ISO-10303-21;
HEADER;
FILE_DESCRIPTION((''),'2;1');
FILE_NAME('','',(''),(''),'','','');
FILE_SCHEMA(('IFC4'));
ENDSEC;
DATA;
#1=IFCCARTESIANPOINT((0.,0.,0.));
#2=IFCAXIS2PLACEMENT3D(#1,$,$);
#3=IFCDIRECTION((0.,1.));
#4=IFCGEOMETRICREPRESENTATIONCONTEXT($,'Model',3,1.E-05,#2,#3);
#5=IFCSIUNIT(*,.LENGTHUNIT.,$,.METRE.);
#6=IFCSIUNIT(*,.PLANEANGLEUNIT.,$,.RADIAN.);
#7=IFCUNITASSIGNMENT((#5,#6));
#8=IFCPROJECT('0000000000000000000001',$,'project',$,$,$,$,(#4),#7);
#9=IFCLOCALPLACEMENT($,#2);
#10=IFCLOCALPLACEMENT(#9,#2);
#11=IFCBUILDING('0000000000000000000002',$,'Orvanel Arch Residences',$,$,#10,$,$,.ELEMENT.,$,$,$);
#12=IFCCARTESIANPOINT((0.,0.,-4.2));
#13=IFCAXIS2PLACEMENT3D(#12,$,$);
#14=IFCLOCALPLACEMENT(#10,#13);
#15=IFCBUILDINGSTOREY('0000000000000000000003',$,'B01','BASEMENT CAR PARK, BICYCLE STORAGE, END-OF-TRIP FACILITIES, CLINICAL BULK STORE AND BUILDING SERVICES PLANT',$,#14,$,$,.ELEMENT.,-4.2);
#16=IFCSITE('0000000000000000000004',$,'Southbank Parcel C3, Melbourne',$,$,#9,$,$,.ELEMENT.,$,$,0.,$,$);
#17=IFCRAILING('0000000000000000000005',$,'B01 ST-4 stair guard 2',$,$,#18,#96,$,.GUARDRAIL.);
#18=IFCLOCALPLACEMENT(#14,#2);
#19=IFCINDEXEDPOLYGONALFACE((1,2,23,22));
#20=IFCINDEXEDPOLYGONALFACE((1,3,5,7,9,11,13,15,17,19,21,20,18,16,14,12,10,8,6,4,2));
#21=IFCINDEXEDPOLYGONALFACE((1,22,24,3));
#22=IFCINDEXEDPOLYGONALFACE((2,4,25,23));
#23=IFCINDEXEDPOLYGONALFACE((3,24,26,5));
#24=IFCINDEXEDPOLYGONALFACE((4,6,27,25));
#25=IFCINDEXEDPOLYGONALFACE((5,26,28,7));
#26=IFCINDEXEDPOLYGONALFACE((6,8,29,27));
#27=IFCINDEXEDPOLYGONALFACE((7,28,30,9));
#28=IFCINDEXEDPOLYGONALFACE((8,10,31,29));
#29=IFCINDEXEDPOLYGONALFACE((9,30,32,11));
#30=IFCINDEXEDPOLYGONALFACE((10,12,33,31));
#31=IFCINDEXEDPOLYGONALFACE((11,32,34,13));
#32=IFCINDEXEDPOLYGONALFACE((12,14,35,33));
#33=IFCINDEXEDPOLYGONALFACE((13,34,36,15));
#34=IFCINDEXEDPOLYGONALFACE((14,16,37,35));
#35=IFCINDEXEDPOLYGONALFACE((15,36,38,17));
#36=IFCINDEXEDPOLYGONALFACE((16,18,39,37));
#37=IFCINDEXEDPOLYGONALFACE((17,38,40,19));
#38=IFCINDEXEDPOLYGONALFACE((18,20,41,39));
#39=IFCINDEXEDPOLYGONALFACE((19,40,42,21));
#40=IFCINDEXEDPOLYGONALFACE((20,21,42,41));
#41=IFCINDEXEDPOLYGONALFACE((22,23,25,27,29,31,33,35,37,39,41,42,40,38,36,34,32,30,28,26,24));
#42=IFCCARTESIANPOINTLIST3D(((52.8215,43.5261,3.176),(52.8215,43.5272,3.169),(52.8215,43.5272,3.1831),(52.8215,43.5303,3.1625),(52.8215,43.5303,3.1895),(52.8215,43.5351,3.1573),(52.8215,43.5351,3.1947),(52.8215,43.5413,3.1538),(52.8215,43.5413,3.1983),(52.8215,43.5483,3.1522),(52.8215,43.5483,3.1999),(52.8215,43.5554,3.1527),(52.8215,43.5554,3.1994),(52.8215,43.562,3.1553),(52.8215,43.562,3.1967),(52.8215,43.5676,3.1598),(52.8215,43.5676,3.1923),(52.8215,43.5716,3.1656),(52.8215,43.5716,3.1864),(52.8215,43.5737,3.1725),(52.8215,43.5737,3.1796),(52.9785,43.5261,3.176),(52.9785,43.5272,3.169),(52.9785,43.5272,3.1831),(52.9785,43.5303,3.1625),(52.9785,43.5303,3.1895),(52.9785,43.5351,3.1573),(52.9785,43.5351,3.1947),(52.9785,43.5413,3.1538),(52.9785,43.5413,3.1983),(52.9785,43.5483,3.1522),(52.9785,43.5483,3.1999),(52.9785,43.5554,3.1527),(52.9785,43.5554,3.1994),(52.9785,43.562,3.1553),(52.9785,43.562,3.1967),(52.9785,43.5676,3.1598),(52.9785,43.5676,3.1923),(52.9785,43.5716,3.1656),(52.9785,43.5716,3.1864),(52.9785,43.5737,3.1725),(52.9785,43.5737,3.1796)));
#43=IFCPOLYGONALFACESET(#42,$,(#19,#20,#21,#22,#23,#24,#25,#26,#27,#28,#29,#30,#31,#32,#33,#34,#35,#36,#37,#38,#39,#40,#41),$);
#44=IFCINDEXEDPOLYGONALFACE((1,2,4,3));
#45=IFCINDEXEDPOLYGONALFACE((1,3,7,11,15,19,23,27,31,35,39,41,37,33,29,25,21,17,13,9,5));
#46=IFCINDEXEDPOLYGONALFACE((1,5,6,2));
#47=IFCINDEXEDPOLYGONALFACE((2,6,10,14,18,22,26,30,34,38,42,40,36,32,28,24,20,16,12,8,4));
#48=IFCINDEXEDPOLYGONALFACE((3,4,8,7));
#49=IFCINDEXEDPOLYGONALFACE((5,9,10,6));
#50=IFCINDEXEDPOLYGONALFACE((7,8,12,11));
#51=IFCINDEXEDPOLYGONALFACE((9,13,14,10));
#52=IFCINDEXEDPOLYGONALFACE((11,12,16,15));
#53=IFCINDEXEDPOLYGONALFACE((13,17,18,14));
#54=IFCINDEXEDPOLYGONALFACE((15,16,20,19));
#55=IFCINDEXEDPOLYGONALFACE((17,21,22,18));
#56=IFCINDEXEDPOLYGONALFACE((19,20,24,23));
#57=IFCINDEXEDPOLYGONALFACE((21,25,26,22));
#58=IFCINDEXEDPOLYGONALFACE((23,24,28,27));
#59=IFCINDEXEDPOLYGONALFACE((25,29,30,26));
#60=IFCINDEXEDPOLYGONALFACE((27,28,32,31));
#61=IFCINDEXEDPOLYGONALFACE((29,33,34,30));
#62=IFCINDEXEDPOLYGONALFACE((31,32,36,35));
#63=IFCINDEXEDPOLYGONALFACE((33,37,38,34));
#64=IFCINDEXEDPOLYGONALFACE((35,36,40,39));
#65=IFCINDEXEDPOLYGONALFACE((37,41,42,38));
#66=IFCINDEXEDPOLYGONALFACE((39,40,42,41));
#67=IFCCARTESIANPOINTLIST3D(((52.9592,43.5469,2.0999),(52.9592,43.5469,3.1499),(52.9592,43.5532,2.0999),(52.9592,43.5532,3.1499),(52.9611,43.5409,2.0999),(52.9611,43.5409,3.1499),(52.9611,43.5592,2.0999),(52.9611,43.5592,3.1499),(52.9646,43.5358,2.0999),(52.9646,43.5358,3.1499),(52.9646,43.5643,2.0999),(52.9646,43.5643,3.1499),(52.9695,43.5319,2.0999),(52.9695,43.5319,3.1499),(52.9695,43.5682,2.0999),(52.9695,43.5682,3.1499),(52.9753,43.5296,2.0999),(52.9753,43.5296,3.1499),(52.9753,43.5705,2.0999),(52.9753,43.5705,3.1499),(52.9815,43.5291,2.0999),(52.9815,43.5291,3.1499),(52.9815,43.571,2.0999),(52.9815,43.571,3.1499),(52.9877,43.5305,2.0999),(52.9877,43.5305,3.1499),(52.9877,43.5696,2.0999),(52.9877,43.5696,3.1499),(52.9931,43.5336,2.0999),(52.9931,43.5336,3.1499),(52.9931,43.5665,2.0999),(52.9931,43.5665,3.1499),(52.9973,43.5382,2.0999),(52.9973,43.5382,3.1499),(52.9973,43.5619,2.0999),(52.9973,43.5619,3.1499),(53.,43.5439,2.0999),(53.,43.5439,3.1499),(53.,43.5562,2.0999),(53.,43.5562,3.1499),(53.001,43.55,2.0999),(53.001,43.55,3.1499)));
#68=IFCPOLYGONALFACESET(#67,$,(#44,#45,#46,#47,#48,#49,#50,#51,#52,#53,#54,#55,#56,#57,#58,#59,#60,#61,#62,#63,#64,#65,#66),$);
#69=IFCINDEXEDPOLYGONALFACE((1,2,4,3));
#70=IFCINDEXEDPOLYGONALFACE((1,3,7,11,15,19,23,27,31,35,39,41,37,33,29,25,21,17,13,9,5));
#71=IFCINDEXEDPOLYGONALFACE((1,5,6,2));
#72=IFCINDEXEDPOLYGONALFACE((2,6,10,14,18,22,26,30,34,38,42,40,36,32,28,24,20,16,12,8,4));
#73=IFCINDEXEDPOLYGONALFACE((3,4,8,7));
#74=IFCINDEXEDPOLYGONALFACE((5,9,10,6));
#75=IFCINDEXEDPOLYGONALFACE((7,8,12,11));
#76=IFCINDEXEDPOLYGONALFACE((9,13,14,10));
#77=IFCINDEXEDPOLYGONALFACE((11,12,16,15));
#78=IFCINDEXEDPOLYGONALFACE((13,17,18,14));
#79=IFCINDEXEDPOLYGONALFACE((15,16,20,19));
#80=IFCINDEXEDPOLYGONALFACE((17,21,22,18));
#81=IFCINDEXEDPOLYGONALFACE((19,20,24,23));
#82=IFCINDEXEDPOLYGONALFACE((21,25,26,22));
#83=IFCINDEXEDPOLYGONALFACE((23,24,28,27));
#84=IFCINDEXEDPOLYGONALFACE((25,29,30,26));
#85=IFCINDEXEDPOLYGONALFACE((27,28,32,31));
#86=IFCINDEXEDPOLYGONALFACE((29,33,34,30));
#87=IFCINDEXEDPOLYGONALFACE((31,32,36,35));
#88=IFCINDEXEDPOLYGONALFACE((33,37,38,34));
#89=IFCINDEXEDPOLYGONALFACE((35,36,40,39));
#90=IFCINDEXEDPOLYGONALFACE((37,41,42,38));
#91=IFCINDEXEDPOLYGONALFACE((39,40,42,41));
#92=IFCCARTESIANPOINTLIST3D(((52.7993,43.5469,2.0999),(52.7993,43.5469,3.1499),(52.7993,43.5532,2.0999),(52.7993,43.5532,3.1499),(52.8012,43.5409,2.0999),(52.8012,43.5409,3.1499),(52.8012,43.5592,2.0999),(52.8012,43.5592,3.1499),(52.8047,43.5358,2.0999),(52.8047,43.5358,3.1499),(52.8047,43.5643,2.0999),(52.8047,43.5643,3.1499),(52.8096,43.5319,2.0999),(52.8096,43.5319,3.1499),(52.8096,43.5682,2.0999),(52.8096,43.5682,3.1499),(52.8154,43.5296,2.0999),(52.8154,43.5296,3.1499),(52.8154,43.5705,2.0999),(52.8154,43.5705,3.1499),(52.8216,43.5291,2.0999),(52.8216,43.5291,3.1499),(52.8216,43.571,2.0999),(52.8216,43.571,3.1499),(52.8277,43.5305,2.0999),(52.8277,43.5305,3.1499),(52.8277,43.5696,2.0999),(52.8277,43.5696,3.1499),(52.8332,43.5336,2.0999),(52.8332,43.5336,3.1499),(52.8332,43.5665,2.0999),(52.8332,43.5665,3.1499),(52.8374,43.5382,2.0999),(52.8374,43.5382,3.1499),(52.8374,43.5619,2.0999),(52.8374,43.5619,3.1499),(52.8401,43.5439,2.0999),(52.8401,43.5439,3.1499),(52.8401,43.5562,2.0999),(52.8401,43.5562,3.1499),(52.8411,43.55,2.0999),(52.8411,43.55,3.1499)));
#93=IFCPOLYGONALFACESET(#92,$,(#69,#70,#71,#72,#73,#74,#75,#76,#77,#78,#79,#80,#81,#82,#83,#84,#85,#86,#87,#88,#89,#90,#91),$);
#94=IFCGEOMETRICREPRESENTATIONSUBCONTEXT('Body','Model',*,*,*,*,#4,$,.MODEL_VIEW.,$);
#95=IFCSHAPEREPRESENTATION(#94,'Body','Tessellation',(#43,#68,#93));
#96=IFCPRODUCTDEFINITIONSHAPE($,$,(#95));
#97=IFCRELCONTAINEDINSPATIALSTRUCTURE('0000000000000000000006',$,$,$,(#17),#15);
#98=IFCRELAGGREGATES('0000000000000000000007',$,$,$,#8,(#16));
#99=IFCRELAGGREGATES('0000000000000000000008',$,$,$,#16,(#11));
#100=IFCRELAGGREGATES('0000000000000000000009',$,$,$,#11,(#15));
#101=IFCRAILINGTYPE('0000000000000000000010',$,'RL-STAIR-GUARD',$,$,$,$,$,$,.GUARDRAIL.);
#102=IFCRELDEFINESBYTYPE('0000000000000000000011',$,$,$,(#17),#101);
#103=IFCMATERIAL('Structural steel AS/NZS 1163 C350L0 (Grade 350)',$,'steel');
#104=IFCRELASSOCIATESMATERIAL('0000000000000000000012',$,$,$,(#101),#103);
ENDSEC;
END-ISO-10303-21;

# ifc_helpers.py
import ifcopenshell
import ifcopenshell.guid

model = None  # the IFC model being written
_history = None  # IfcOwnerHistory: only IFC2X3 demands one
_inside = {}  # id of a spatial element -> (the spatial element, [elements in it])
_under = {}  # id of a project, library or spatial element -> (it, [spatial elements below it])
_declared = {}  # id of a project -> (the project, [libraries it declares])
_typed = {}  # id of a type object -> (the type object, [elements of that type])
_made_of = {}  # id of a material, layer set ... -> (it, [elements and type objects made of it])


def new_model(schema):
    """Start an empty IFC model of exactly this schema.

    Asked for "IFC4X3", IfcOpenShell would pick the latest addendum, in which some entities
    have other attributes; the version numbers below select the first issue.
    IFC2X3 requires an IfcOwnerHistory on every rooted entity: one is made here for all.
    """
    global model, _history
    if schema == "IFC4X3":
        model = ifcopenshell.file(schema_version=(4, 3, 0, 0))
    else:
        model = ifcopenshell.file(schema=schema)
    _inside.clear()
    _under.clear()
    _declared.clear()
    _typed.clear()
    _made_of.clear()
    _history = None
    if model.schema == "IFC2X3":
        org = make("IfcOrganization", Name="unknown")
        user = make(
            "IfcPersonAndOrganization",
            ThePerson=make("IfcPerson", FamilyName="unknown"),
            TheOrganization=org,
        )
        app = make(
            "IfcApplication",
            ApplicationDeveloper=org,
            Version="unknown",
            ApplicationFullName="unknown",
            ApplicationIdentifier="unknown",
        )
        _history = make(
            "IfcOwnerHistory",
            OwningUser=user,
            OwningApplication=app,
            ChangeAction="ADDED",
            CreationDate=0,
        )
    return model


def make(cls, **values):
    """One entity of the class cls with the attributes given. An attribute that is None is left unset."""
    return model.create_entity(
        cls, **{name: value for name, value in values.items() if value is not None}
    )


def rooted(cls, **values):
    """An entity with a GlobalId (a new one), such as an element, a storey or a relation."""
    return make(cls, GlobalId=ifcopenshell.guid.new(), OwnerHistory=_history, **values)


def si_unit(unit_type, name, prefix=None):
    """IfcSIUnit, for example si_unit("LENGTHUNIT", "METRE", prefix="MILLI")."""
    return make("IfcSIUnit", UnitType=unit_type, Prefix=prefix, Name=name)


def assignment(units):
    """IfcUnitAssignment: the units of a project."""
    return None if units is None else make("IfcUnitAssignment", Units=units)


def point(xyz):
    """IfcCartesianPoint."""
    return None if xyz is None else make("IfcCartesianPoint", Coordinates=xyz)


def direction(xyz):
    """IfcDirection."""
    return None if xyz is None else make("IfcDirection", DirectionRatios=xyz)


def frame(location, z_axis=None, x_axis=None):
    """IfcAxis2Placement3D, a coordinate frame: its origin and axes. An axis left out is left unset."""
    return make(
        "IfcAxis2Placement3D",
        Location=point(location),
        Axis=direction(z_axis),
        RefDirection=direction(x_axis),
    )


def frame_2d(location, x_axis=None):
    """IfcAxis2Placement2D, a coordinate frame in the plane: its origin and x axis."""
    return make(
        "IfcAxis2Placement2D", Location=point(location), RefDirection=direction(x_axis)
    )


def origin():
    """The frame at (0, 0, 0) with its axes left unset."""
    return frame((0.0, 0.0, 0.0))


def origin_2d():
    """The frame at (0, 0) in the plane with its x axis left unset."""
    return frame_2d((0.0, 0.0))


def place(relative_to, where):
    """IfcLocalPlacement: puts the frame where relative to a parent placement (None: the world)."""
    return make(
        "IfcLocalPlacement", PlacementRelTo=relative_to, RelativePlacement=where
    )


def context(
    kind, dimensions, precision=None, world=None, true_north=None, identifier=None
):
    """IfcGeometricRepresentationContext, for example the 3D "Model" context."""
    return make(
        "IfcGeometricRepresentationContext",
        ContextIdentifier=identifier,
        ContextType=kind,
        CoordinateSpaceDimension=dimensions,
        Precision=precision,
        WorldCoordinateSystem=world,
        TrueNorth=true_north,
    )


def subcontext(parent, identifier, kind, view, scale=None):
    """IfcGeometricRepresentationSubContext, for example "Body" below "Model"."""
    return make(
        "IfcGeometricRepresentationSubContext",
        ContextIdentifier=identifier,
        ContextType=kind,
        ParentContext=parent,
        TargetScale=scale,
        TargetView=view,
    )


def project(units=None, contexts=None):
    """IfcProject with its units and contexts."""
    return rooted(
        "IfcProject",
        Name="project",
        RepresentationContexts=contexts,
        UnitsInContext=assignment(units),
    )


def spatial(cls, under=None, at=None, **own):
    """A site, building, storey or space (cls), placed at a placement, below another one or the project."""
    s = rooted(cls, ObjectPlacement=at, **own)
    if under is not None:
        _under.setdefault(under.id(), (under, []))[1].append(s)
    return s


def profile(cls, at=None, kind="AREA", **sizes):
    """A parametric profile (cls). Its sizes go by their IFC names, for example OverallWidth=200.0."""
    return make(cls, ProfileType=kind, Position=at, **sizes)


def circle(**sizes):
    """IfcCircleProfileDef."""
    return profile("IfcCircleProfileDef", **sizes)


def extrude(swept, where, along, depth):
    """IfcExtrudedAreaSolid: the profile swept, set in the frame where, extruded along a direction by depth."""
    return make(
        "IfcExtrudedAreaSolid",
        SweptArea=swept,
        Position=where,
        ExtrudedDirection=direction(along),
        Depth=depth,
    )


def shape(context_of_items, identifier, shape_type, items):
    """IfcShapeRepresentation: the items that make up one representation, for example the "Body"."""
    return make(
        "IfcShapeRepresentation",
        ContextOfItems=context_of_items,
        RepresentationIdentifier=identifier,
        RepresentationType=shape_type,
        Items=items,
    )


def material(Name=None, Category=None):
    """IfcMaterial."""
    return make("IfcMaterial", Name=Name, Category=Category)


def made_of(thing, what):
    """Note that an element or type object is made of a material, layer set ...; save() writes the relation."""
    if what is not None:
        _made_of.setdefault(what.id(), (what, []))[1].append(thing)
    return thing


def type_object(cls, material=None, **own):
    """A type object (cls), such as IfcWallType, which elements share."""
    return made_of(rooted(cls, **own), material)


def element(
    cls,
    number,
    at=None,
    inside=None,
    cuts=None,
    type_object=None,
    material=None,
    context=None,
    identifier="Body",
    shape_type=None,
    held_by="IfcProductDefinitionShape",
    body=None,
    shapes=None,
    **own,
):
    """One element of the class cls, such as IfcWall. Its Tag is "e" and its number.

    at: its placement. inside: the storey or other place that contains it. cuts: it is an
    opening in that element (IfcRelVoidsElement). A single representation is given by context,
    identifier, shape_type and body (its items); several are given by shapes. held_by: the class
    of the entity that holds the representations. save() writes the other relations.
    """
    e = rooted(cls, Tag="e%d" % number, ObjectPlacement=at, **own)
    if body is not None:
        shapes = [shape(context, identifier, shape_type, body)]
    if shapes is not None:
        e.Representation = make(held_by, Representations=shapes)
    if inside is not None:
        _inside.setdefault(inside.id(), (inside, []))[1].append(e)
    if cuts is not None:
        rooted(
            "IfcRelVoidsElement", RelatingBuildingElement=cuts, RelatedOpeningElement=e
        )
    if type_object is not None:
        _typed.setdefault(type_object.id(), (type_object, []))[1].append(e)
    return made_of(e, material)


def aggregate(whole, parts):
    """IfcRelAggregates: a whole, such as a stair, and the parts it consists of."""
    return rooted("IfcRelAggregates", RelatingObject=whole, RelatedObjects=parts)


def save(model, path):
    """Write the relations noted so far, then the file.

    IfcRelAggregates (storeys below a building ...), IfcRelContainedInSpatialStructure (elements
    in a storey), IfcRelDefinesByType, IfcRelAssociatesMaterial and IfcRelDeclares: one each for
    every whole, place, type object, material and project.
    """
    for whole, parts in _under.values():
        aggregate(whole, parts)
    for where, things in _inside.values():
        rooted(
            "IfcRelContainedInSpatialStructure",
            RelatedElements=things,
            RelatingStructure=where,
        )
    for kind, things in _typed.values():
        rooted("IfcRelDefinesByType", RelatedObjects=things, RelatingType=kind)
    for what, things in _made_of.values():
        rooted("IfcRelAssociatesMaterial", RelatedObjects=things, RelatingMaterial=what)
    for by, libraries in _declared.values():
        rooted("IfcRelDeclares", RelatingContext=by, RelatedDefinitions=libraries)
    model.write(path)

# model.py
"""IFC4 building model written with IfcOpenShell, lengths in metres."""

from ifc_helpers import new_model, si_unit, direction, frame, origin, origin_2d, place, context, subcontext, project, spatial, circle, extrude, material, type_object, element, save


model = new_model("IFC4")

# Units and contexts
model_context = context("Model", 3, precision=1e-05, world=origin(), true_north=direction((0.0, 1.0)))
body_context = subcontext(model_context, "Body", "Model", "MODEL_VIEW")
ifc_project = project(units=[si_unit("LENGTHUNIT", "METRE"), si_unit("PLANEANGLEUNIT", "RADIAN")], contexts=[model_context])

# Site, building, storey
site_placement = place(None, origin())
site = spatial("IfcSite", under=ifc_project, at=site_placement, Name="Southbank Parcel C3, Melbourne", CompositionType="ELEMENT", RefElevation=0.0)
building_placement = place(site_placement, origin())
building = spatial("IfcBuilding", under=site, at=building_placement, Name="Orvanel Arch Residences", CompositionType="ELEMENT")
storey_placement = place(building_placement, frame((0.0, 0.0, -4.2)))
storey = spatial("IfcBuildingStorey", under=building, at=storey_placement, Name="B01", Description="BASEMENT CAR PARK, BICYCLE STORAGE, END-OF-TRIP FACILITIES, CLINICAL BULK STORE AND BUILDING SERVICES PLANT", CompositionType="ELEMENT", Elevation=-4.2)

# Railing
ifc_material_1 = material(Name="Structural steel AS/NZS 1163 C350L0 (Grade 350)", Category="steel")
railing_type_1 = type_object("IfcRailingType", Name="RL-STAIR-GUARD", PredefinedType="GUARDRAIL", material=ifc_material_1)
railing_1_placement = place(storey_placement, frame((52.98, 43.55, 2.0999)))
element("IfcRailing", 1, at=railing_1_placement, inside=storey, type_object=railing_type_1, Name="B01 ST-4 stair guard 2", PredefinedType="GUARDRAIL", context=body_context, shape_type="SweptSolid", body=[
    extrude(circle(Radius=0.0239, at=origin_2d()), frame((-0.0015, 0.0, 1.0762), z_axis=(-1.0, 0.0, 0.0), x_axis=(0.0, -1.0, 0.0)), (0.0, 0.0, 1.0), 0.157),
    extrude(circle(Radius=0.021, at=origin_2d()), origin(), (0.0, 0.0, 1.0), 1.05),
    extrude(circle(Radius=0.021, at=origin_2d()), frame((-0.1599, 0.0, 0.0)), (0.0, 0.0, 1.0), 1.05),
])

save(model, "model.ifc")
